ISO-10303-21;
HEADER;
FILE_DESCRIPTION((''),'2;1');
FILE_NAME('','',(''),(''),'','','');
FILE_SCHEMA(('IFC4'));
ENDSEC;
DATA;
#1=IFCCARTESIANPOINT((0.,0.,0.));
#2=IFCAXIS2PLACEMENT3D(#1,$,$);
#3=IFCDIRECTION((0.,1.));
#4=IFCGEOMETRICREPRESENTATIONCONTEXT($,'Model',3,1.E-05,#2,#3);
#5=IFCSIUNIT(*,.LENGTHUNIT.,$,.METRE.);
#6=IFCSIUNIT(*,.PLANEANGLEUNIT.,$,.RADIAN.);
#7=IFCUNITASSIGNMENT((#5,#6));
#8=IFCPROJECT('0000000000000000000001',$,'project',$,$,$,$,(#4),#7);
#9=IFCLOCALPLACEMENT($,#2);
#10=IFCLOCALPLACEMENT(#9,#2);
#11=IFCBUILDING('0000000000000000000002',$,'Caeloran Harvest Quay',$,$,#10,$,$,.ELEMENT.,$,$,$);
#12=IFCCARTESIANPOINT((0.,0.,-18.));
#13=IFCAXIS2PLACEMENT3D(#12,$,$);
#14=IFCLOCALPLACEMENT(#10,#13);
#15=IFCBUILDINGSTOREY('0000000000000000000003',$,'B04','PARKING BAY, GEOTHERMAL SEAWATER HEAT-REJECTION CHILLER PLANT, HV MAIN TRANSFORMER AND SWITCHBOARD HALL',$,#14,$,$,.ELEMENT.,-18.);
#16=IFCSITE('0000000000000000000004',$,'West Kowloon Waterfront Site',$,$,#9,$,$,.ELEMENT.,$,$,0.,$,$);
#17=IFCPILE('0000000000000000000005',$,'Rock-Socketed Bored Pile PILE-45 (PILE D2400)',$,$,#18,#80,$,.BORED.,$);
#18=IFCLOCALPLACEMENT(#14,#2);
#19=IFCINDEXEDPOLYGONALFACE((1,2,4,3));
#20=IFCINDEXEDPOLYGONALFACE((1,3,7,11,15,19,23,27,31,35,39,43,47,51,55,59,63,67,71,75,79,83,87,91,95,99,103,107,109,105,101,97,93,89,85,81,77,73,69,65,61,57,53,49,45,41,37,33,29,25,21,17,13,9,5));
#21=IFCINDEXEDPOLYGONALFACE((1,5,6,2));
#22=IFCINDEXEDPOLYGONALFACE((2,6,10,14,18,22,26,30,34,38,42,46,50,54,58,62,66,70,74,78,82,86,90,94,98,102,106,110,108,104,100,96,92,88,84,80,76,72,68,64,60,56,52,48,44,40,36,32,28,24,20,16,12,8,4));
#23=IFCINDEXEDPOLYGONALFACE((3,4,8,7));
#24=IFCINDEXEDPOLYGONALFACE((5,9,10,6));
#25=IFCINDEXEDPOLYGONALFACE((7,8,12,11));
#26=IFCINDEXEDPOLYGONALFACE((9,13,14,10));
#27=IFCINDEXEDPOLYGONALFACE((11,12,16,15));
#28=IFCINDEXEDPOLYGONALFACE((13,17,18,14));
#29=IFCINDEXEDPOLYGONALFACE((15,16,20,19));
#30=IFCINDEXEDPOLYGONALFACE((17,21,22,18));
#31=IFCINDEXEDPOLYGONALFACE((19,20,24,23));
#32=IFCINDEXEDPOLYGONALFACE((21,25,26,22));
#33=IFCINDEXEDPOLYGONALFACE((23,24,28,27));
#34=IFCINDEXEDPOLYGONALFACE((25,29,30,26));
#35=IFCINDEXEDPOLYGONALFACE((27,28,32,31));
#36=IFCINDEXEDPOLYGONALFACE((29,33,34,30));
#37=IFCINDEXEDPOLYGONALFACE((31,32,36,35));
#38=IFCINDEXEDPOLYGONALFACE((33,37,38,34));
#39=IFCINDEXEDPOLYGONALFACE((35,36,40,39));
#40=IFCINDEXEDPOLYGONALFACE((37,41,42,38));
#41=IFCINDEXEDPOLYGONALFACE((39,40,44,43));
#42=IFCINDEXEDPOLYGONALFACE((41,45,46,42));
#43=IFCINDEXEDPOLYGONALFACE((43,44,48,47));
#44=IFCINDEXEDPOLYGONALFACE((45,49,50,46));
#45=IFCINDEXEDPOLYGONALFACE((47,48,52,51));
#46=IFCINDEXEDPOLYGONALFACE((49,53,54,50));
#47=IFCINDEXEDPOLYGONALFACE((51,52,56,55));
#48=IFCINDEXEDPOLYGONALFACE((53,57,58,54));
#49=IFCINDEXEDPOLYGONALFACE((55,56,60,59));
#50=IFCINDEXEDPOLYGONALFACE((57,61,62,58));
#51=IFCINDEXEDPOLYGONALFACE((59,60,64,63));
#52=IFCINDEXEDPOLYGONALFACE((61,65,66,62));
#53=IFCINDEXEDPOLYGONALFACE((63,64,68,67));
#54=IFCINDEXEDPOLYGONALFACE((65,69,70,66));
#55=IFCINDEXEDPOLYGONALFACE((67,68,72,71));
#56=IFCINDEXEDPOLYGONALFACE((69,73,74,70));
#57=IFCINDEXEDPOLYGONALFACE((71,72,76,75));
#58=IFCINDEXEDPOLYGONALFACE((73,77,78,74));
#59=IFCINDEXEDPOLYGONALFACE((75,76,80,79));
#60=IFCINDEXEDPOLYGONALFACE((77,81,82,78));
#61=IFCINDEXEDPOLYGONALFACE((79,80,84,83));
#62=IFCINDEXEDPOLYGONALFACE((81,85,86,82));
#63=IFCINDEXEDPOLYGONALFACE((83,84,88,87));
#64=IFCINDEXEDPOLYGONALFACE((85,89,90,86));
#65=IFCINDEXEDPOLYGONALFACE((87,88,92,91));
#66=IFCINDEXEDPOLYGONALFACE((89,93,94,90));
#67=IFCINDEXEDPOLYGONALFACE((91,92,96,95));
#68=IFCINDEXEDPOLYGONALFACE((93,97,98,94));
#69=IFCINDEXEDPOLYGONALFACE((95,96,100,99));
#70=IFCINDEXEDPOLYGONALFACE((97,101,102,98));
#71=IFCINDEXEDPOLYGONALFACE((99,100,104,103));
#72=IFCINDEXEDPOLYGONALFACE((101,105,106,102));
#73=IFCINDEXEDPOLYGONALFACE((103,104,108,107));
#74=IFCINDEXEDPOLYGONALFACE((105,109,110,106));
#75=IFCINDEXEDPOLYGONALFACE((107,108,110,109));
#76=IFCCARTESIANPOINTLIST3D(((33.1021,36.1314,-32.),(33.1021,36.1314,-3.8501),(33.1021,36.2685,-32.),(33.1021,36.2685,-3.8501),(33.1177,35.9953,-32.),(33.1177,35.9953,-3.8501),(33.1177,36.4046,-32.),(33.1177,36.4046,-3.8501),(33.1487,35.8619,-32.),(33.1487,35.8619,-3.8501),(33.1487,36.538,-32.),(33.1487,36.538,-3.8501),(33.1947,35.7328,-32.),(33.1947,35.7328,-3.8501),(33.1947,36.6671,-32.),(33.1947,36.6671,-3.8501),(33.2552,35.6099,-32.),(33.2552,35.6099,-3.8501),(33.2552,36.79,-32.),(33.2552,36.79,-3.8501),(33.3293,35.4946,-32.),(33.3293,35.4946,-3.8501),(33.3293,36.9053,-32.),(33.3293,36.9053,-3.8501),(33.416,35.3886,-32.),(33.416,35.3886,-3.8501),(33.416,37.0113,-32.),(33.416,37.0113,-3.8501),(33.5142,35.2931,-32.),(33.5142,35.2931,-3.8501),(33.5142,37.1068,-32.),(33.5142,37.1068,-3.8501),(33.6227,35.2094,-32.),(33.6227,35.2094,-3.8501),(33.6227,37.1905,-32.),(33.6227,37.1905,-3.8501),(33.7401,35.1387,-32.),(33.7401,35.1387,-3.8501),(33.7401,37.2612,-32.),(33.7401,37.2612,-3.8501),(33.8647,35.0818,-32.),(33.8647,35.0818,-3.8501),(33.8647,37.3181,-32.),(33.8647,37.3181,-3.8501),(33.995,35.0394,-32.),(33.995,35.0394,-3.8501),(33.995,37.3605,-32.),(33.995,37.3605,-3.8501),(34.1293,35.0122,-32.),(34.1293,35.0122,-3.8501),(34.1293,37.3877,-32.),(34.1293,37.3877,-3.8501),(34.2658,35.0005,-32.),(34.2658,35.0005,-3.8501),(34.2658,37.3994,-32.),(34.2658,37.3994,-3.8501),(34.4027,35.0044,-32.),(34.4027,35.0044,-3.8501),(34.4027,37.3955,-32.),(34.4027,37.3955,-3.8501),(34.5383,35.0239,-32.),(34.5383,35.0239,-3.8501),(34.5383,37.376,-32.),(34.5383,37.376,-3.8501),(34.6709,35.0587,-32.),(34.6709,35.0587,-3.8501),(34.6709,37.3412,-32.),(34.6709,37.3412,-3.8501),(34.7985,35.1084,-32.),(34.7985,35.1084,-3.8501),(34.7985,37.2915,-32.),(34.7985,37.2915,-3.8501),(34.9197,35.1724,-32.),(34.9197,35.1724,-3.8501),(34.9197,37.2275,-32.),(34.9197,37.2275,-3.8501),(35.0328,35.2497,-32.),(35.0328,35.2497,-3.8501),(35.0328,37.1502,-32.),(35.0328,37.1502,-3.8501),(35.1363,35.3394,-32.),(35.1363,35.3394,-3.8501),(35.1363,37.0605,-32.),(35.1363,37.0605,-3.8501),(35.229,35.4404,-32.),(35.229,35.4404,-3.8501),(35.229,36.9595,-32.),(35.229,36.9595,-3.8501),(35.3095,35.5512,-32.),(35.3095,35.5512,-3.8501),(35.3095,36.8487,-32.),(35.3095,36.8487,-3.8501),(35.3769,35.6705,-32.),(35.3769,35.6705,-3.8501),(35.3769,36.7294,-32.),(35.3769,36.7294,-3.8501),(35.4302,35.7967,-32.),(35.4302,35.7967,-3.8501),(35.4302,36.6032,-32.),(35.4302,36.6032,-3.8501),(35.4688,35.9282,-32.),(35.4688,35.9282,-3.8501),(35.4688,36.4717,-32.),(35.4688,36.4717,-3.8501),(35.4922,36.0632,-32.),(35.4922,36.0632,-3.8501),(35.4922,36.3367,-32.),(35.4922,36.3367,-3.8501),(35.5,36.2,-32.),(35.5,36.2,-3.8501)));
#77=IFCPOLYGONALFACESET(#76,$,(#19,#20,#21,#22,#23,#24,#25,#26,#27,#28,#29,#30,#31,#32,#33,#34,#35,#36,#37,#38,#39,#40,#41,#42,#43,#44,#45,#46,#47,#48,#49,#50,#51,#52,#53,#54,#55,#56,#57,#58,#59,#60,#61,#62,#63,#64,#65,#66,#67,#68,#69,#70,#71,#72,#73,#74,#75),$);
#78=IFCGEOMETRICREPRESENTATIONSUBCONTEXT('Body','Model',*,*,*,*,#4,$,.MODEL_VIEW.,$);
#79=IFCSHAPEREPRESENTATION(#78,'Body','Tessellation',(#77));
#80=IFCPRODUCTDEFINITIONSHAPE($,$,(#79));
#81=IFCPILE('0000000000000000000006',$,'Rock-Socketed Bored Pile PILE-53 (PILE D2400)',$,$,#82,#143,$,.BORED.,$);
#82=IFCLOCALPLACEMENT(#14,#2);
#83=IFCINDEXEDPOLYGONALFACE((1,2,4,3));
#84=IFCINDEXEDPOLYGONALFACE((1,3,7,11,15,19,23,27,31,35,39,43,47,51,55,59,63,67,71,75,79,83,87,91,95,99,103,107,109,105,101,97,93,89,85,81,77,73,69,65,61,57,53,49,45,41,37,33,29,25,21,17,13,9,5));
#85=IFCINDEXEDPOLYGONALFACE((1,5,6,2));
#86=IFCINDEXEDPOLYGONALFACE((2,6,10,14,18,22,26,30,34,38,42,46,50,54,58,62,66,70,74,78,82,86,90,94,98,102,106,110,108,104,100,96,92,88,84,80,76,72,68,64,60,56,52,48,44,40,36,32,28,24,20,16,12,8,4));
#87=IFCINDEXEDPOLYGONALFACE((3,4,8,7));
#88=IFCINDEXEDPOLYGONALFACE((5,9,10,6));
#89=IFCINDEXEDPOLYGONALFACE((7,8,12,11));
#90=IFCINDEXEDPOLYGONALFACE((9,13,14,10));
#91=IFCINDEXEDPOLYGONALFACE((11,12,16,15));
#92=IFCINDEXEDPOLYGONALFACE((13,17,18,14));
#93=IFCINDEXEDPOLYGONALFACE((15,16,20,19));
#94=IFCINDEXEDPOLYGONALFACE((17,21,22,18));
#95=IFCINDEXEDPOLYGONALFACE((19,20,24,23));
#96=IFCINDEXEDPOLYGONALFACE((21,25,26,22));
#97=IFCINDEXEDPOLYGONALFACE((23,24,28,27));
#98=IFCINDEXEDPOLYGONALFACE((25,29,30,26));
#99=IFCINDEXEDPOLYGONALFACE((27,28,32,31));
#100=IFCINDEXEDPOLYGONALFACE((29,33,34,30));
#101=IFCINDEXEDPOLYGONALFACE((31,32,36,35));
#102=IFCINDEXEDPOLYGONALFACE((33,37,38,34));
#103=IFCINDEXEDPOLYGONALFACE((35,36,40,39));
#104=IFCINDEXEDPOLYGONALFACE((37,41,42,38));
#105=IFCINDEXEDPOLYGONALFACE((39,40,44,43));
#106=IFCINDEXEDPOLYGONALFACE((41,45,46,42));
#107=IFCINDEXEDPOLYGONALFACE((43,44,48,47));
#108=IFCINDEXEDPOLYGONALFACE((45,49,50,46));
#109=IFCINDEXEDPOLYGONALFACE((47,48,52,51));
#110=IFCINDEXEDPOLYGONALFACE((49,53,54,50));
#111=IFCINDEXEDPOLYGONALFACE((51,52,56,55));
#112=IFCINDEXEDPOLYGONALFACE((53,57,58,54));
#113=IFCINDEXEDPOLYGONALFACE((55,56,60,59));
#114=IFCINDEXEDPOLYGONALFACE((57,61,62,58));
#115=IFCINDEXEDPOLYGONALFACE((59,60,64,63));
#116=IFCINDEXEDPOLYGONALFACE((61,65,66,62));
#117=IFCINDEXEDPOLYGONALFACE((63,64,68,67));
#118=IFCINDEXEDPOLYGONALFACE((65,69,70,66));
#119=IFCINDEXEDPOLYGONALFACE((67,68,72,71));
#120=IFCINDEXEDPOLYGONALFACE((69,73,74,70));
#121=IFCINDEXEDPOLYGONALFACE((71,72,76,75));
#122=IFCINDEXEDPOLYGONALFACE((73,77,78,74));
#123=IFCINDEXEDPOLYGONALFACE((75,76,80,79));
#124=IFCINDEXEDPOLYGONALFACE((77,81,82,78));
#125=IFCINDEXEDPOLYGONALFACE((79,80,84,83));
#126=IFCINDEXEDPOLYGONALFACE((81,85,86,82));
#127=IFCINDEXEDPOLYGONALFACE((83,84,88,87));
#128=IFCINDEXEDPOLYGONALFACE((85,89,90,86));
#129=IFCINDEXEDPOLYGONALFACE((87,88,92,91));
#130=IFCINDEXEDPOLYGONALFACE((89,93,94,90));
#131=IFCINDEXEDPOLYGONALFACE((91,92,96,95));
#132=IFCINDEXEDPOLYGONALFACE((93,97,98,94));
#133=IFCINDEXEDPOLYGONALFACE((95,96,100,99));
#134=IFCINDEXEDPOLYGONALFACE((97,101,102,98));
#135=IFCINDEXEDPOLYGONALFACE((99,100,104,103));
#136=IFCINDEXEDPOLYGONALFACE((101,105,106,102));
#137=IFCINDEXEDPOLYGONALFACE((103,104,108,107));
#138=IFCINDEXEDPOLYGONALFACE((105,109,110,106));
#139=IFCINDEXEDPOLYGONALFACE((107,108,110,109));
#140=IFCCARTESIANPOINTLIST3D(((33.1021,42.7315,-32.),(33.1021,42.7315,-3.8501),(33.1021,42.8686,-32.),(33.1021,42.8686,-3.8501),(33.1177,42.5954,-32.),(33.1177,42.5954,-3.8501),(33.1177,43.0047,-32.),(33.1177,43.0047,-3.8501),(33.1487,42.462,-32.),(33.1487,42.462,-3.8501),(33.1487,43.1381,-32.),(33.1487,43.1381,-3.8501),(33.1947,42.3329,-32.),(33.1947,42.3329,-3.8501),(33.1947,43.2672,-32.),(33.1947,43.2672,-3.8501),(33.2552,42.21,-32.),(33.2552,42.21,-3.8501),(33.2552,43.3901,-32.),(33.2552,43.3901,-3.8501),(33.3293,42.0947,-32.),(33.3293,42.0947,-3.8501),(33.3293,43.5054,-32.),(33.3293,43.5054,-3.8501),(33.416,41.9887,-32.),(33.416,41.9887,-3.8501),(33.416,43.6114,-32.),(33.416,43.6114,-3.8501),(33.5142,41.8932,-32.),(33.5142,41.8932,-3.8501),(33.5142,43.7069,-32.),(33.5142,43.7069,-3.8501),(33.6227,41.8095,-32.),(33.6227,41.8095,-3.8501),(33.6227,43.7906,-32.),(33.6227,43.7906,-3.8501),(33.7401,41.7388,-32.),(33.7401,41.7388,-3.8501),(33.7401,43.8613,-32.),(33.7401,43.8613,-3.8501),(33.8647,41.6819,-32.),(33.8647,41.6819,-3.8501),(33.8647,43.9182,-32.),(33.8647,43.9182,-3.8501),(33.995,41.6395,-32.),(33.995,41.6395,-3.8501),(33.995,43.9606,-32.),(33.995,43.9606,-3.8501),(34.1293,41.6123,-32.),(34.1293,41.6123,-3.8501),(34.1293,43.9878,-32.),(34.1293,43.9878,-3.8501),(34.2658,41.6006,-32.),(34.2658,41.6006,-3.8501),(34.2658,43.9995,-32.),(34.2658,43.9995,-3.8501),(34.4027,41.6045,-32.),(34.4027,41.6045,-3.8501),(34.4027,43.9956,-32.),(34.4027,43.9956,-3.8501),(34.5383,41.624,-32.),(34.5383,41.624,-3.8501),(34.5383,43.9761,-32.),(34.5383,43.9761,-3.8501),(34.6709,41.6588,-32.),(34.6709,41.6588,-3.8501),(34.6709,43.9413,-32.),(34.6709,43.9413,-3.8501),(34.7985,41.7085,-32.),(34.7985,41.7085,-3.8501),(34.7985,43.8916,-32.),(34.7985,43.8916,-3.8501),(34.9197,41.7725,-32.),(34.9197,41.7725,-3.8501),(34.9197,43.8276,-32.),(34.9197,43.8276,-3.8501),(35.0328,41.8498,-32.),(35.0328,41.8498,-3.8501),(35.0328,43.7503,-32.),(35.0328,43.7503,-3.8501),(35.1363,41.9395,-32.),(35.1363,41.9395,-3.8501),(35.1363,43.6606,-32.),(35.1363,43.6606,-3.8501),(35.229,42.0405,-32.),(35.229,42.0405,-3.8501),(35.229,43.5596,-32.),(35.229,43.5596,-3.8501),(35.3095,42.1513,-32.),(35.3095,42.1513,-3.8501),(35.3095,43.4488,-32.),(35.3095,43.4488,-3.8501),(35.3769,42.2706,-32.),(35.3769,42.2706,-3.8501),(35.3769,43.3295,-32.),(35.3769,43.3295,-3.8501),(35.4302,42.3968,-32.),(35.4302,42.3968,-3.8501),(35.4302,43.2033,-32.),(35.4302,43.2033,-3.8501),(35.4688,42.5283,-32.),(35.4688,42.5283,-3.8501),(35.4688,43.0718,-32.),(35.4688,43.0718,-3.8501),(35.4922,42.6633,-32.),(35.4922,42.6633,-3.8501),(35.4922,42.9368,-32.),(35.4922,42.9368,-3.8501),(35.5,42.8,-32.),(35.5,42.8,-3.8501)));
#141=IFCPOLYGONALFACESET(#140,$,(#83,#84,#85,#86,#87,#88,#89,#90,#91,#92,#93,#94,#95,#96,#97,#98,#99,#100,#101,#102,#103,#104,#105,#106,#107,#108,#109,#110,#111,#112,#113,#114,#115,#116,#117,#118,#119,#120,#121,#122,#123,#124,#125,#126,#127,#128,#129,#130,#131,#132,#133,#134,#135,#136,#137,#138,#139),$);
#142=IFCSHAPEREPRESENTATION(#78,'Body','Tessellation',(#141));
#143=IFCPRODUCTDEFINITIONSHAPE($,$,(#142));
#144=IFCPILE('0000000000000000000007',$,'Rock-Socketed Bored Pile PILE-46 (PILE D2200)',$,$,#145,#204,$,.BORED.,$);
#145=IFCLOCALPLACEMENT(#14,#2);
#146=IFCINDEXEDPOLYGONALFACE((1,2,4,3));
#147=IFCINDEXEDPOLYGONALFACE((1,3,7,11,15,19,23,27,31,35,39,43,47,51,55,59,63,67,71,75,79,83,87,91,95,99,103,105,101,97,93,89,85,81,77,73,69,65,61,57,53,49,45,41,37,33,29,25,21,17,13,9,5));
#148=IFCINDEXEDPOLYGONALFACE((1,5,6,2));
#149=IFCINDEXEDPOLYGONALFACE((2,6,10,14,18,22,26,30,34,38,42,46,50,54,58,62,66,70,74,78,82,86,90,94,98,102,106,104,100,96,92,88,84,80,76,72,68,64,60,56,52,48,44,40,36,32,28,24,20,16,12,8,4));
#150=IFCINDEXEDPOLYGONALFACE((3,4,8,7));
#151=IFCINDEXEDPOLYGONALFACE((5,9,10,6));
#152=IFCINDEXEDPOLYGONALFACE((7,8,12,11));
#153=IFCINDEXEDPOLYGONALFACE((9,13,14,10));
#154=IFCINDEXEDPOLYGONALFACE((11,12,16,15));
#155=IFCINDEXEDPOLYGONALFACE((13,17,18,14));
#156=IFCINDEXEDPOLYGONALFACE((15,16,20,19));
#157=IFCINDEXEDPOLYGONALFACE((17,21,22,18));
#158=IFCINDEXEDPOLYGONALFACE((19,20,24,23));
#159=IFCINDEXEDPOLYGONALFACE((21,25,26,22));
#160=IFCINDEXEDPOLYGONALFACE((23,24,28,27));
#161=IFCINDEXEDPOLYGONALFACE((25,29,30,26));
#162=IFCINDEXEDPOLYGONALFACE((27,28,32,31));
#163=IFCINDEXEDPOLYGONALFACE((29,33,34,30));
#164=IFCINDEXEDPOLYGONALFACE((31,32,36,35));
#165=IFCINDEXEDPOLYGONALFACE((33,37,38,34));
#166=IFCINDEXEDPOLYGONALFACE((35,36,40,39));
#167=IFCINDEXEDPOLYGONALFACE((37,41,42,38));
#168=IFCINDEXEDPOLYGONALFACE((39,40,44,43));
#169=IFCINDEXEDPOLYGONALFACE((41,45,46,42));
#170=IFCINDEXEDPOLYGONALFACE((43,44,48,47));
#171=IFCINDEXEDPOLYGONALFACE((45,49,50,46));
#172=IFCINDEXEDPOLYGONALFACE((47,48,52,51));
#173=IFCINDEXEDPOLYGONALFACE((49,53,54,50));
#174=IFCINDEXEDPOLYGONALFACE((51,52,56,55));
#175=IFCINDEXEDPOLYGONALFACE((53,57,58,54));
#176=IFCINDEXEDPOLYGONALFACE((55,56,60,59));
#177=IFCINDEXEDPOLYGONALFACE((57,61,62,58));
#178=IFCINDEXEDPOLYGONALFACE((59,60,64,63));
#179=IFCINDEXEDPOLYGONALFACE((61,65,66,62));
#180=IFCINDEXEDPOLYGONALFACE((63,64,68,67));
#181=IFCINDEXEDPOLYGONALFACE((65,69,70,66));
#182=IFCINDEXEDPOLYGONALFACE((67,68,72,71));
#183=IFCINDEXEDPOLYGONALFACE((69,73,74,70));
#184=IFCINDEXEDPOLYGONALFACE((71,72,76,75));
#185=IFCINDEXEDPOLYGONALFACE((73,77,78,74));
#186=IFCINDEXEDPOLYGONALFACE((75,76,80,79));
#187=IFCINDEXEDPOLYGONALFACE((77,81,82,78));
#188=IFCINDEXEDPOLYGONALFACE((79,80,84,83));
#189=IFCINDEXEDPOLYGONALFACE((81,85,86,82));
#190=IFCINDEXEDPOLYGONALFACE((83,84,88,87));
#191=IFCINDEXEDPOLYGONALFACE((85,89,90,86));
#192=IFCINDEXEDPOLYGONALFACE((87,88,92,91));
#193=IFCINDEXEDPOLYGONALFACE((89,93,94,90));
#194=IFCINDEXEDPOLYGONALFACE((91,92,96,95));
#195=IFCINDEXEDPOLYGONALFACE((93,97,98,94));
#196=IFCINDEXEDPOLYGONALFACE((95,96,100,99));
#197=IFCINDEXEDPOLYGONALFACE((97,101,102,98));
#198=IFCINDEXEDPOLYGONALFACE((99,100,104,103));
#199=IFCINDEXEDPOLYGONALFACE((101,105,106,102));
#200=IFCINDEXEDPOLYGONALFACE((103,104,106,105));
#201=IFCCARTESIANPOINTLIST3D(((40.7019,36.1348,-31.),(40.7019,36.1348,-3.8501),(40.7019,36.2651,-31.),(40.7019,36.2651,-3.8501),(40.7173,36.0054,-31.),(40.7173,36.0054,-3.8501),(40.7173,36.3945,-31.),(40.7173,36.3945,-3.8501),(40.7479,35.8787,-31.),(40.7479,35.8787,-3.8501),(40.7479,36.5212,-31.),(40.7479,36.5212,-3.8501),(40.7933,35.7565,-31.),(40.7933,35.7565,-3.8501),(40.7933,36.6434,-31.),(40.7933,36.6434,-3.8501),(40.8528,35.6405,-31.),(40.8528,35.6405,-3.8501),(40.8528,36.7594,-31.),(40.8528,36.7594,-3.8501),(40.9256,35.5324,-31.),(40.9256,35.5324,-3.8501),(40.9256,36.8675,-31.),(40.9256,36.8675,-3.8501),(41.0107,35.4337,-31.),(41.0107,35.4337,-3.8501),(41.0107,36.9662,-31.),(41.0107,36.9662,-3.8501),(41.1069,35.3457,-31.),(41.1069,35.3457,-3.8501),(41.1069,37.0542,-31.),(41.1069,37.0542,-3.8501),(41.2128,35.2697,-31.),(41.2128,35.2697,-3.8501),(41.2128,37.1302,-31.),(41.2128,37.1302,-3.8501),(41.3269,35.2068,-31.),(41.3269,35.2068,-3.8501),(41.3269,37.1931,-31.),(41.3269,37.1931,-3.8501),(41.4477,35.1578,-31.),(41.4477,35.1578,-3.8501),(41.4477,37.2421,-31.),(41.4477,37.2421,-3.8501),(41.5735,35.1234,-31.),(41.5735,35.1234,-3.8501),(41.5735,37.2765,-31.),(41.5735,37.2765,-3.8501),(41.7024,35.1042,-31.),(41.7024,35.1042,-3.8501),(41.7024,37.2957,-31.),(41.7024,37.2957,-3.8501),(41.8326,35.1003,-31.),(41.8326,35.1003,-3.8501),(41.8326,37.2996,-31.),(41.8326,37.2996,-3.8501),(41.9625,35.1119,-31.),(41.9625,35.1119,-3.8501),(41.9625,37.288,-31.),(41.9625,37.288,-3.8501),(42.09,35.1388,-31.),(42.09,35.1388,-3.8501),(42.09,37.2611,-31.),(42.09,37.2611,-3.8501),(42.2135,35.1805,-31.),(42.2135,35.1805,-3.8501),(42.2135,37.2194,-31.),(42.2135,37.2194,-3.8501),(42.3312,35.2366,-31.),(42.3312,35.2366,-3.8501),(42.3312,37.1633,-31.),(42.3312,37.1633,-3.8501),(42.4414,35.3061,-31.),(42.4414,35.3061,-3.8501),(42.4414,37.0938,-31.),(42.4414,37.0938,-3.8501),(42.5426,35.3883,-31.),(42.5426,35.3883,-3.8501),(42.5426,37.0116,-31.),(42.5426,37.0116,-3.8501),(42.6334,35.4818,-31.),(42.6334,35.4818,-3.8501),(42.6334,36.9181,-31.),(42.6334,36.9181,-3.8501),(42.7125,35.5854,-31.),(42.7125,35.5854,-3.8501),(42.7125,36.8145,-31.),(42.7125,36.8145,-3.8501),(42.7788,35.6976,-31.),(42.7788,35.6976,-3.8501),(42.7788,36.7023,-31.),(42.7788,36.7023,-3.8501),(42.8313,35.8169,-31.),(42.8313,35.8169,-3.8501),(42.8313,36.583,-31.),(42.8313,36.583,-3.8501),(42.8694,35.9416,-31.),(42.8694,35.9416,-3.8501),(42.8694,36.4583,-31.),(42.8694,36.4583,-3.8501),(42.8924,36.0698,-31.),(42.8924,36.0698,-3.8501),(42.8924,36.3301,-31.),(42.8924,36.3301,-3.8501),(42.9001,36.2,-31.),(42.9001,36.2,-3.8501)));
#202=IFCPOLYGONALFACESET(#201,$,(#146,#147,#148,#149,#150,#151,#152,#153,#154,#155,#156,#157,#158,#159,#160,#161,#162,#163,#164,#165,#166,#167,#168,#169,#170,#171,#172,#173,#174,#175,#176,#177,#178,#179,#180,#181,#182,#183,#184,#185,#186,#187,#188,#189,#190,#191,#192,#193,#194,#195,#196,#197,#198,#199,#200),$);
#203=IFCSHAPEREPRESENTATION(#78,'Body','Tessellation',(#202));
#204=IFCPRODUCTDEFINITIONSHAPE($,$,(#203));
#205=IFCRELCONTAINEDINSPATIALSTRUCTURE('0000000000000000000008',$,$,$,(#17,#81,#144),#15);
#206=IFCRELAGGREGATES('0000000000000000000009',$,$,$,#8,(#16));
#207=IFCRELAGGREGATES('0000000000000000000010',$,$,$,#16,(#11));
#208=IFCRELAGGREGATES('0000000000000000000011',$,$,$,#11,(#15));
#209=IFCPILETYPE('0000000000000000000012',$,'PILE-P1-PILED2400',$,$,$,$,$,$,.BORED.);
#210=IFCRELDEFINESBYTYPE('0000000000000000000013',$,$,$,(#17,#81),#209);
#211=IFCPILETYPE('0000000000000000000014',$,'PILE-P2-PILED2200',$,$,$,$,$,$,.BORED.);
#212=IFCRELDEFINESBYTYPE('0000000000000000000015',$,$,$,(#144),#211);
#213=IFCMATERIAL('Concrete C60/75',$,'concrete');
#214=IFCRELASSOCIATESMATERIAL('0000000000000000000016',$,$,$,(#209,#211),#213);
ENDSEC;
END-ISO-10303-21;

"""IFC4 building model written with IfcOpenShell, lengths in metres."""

from ifc_helpers import new_model, si_unit, direction, frame, origin, origin_2d, place, context, subcontext, project, spatial, circle, extrude, material, material_profile, profile_set, type_object, element, save


model = new_model("IFC4")

# Units and contexts
model_context = context("Model", 3, precision=1e-05, world=origin(), true_north=direction((0.0, 1.0)))
body_context = subcontext(model_context, "Body", "Model", "MODEL_VIEW")
ifc_project = project(units=[si_unit("LENGTHUNIT", "METRE"), si_unit("PLANEANGLEUNIT", "RADIAN")], contexts=[model_context])

# Site, building, storey
site_placement = place(None, origin())
site = spatial("IfcSite", under=ifc_project, at=site_placement, Name="West Kowloon Waterfront Site", CompositionType="ELEMENT", RefElevation=0.0)
building_placement = place(site_placement, origin())
building = spatial("IfcBuilding", under=site, at=building_placement, Name="Caeloran Harvest Quay", CompositionType="ELEMENT")
storey_placement = place(building_placement, frame((0.0, 0.0, -18.0)))
storey = spatial("IfcBuildingStorey", under=building, at=storey_placement, Name="B04", Description="PARKING BAY, GEOTHERMAL SEAWATER HEAT-REJECTION CHILLER PLANT, HV MAIN TRANSFORMER AND SWITCHBOARD HALL", CompositionType="ELEMENT", Elevation=-18.0)

# Piles
ifc_material_1 = material(Name="Concrete C60/75", Category="concrete")
ifc_material_profile_1 = material_profile(ifc_material_1, circle(Radius=1.2, at=origin_2d()), Name="PILE D2400")
ifc_profile_set_1 = profile_set([ifc_material_profile_1], Name="Concrete C60/75")
pile_type_1 = type_object("IfcPileType", Name="PILE-P1-PILED2400", PredefinedType="BORED", material=ifc_profile_set_1)
for number, where, z_axis, x_axis, name in (
    (1, (34.3, 36.2, -3.8501), (0.0, 0.0, -1.0), (1.0, 0.0, 0.0), "Rock-Socketed Bored Pile PILE-45 (PILE D2400)"),
    (2, (34.3, 42.8, -3.8501), (0.0, 0.0, -1.0), (1.0, 0.0, 0.0), "Rock-Socketed Bored Pile PILE-53 (PILE D2400)"),
):
    element("IfcPile", number, at=place(storey_placement, frame(where, z_axis=z_axis, x_axis=x_axis)), inside=storey, type_object=pile_type_1, Name=name, PredefinedType="BORED", context=body_context, shape_type="SweptSolid", body=[
        extrude(circle(Radius=1.2, at=origin_2d()), origin(), (0.0, 0.0, 1.0), 28.1499),
    ])
ifc_material_profile_2 = material_profile(ifc_material_1, circle(Radius=1.1001, at=origin_2d()), Name="PILE D2200")
ifc_profile_set_2 = profile_set([ifc_material_profile_2], Name="Concrete C60/75")
pile_type_2 = type_object("IfcPileType", Name="PILE-P2-PILED2200", PredefinedType="BORED", material=ifc_profile_set_2)
pile_placement = place(storey_placement, frame((41.8, 36.2, -3.8501), z_axis=(0.0, 0.0, -1.0), x_axis=(1.0, 0.0, 0.0)))
element("IfcPile", 3, at=pile_placement, inside=storey, type_object=pile_type_2, Name="Rock-Socketed Bored Pile PILE-46 (PILE D2200)", PredefinedType="BORED", context=body_context, shape_type="SweptSolid", body=[
    extrude(circle(Radius=1.1001, at=origin_2d()), origin(), (0.0, 0.0, 1.0), 27.1499),
])

save(model, "model.ifc")
